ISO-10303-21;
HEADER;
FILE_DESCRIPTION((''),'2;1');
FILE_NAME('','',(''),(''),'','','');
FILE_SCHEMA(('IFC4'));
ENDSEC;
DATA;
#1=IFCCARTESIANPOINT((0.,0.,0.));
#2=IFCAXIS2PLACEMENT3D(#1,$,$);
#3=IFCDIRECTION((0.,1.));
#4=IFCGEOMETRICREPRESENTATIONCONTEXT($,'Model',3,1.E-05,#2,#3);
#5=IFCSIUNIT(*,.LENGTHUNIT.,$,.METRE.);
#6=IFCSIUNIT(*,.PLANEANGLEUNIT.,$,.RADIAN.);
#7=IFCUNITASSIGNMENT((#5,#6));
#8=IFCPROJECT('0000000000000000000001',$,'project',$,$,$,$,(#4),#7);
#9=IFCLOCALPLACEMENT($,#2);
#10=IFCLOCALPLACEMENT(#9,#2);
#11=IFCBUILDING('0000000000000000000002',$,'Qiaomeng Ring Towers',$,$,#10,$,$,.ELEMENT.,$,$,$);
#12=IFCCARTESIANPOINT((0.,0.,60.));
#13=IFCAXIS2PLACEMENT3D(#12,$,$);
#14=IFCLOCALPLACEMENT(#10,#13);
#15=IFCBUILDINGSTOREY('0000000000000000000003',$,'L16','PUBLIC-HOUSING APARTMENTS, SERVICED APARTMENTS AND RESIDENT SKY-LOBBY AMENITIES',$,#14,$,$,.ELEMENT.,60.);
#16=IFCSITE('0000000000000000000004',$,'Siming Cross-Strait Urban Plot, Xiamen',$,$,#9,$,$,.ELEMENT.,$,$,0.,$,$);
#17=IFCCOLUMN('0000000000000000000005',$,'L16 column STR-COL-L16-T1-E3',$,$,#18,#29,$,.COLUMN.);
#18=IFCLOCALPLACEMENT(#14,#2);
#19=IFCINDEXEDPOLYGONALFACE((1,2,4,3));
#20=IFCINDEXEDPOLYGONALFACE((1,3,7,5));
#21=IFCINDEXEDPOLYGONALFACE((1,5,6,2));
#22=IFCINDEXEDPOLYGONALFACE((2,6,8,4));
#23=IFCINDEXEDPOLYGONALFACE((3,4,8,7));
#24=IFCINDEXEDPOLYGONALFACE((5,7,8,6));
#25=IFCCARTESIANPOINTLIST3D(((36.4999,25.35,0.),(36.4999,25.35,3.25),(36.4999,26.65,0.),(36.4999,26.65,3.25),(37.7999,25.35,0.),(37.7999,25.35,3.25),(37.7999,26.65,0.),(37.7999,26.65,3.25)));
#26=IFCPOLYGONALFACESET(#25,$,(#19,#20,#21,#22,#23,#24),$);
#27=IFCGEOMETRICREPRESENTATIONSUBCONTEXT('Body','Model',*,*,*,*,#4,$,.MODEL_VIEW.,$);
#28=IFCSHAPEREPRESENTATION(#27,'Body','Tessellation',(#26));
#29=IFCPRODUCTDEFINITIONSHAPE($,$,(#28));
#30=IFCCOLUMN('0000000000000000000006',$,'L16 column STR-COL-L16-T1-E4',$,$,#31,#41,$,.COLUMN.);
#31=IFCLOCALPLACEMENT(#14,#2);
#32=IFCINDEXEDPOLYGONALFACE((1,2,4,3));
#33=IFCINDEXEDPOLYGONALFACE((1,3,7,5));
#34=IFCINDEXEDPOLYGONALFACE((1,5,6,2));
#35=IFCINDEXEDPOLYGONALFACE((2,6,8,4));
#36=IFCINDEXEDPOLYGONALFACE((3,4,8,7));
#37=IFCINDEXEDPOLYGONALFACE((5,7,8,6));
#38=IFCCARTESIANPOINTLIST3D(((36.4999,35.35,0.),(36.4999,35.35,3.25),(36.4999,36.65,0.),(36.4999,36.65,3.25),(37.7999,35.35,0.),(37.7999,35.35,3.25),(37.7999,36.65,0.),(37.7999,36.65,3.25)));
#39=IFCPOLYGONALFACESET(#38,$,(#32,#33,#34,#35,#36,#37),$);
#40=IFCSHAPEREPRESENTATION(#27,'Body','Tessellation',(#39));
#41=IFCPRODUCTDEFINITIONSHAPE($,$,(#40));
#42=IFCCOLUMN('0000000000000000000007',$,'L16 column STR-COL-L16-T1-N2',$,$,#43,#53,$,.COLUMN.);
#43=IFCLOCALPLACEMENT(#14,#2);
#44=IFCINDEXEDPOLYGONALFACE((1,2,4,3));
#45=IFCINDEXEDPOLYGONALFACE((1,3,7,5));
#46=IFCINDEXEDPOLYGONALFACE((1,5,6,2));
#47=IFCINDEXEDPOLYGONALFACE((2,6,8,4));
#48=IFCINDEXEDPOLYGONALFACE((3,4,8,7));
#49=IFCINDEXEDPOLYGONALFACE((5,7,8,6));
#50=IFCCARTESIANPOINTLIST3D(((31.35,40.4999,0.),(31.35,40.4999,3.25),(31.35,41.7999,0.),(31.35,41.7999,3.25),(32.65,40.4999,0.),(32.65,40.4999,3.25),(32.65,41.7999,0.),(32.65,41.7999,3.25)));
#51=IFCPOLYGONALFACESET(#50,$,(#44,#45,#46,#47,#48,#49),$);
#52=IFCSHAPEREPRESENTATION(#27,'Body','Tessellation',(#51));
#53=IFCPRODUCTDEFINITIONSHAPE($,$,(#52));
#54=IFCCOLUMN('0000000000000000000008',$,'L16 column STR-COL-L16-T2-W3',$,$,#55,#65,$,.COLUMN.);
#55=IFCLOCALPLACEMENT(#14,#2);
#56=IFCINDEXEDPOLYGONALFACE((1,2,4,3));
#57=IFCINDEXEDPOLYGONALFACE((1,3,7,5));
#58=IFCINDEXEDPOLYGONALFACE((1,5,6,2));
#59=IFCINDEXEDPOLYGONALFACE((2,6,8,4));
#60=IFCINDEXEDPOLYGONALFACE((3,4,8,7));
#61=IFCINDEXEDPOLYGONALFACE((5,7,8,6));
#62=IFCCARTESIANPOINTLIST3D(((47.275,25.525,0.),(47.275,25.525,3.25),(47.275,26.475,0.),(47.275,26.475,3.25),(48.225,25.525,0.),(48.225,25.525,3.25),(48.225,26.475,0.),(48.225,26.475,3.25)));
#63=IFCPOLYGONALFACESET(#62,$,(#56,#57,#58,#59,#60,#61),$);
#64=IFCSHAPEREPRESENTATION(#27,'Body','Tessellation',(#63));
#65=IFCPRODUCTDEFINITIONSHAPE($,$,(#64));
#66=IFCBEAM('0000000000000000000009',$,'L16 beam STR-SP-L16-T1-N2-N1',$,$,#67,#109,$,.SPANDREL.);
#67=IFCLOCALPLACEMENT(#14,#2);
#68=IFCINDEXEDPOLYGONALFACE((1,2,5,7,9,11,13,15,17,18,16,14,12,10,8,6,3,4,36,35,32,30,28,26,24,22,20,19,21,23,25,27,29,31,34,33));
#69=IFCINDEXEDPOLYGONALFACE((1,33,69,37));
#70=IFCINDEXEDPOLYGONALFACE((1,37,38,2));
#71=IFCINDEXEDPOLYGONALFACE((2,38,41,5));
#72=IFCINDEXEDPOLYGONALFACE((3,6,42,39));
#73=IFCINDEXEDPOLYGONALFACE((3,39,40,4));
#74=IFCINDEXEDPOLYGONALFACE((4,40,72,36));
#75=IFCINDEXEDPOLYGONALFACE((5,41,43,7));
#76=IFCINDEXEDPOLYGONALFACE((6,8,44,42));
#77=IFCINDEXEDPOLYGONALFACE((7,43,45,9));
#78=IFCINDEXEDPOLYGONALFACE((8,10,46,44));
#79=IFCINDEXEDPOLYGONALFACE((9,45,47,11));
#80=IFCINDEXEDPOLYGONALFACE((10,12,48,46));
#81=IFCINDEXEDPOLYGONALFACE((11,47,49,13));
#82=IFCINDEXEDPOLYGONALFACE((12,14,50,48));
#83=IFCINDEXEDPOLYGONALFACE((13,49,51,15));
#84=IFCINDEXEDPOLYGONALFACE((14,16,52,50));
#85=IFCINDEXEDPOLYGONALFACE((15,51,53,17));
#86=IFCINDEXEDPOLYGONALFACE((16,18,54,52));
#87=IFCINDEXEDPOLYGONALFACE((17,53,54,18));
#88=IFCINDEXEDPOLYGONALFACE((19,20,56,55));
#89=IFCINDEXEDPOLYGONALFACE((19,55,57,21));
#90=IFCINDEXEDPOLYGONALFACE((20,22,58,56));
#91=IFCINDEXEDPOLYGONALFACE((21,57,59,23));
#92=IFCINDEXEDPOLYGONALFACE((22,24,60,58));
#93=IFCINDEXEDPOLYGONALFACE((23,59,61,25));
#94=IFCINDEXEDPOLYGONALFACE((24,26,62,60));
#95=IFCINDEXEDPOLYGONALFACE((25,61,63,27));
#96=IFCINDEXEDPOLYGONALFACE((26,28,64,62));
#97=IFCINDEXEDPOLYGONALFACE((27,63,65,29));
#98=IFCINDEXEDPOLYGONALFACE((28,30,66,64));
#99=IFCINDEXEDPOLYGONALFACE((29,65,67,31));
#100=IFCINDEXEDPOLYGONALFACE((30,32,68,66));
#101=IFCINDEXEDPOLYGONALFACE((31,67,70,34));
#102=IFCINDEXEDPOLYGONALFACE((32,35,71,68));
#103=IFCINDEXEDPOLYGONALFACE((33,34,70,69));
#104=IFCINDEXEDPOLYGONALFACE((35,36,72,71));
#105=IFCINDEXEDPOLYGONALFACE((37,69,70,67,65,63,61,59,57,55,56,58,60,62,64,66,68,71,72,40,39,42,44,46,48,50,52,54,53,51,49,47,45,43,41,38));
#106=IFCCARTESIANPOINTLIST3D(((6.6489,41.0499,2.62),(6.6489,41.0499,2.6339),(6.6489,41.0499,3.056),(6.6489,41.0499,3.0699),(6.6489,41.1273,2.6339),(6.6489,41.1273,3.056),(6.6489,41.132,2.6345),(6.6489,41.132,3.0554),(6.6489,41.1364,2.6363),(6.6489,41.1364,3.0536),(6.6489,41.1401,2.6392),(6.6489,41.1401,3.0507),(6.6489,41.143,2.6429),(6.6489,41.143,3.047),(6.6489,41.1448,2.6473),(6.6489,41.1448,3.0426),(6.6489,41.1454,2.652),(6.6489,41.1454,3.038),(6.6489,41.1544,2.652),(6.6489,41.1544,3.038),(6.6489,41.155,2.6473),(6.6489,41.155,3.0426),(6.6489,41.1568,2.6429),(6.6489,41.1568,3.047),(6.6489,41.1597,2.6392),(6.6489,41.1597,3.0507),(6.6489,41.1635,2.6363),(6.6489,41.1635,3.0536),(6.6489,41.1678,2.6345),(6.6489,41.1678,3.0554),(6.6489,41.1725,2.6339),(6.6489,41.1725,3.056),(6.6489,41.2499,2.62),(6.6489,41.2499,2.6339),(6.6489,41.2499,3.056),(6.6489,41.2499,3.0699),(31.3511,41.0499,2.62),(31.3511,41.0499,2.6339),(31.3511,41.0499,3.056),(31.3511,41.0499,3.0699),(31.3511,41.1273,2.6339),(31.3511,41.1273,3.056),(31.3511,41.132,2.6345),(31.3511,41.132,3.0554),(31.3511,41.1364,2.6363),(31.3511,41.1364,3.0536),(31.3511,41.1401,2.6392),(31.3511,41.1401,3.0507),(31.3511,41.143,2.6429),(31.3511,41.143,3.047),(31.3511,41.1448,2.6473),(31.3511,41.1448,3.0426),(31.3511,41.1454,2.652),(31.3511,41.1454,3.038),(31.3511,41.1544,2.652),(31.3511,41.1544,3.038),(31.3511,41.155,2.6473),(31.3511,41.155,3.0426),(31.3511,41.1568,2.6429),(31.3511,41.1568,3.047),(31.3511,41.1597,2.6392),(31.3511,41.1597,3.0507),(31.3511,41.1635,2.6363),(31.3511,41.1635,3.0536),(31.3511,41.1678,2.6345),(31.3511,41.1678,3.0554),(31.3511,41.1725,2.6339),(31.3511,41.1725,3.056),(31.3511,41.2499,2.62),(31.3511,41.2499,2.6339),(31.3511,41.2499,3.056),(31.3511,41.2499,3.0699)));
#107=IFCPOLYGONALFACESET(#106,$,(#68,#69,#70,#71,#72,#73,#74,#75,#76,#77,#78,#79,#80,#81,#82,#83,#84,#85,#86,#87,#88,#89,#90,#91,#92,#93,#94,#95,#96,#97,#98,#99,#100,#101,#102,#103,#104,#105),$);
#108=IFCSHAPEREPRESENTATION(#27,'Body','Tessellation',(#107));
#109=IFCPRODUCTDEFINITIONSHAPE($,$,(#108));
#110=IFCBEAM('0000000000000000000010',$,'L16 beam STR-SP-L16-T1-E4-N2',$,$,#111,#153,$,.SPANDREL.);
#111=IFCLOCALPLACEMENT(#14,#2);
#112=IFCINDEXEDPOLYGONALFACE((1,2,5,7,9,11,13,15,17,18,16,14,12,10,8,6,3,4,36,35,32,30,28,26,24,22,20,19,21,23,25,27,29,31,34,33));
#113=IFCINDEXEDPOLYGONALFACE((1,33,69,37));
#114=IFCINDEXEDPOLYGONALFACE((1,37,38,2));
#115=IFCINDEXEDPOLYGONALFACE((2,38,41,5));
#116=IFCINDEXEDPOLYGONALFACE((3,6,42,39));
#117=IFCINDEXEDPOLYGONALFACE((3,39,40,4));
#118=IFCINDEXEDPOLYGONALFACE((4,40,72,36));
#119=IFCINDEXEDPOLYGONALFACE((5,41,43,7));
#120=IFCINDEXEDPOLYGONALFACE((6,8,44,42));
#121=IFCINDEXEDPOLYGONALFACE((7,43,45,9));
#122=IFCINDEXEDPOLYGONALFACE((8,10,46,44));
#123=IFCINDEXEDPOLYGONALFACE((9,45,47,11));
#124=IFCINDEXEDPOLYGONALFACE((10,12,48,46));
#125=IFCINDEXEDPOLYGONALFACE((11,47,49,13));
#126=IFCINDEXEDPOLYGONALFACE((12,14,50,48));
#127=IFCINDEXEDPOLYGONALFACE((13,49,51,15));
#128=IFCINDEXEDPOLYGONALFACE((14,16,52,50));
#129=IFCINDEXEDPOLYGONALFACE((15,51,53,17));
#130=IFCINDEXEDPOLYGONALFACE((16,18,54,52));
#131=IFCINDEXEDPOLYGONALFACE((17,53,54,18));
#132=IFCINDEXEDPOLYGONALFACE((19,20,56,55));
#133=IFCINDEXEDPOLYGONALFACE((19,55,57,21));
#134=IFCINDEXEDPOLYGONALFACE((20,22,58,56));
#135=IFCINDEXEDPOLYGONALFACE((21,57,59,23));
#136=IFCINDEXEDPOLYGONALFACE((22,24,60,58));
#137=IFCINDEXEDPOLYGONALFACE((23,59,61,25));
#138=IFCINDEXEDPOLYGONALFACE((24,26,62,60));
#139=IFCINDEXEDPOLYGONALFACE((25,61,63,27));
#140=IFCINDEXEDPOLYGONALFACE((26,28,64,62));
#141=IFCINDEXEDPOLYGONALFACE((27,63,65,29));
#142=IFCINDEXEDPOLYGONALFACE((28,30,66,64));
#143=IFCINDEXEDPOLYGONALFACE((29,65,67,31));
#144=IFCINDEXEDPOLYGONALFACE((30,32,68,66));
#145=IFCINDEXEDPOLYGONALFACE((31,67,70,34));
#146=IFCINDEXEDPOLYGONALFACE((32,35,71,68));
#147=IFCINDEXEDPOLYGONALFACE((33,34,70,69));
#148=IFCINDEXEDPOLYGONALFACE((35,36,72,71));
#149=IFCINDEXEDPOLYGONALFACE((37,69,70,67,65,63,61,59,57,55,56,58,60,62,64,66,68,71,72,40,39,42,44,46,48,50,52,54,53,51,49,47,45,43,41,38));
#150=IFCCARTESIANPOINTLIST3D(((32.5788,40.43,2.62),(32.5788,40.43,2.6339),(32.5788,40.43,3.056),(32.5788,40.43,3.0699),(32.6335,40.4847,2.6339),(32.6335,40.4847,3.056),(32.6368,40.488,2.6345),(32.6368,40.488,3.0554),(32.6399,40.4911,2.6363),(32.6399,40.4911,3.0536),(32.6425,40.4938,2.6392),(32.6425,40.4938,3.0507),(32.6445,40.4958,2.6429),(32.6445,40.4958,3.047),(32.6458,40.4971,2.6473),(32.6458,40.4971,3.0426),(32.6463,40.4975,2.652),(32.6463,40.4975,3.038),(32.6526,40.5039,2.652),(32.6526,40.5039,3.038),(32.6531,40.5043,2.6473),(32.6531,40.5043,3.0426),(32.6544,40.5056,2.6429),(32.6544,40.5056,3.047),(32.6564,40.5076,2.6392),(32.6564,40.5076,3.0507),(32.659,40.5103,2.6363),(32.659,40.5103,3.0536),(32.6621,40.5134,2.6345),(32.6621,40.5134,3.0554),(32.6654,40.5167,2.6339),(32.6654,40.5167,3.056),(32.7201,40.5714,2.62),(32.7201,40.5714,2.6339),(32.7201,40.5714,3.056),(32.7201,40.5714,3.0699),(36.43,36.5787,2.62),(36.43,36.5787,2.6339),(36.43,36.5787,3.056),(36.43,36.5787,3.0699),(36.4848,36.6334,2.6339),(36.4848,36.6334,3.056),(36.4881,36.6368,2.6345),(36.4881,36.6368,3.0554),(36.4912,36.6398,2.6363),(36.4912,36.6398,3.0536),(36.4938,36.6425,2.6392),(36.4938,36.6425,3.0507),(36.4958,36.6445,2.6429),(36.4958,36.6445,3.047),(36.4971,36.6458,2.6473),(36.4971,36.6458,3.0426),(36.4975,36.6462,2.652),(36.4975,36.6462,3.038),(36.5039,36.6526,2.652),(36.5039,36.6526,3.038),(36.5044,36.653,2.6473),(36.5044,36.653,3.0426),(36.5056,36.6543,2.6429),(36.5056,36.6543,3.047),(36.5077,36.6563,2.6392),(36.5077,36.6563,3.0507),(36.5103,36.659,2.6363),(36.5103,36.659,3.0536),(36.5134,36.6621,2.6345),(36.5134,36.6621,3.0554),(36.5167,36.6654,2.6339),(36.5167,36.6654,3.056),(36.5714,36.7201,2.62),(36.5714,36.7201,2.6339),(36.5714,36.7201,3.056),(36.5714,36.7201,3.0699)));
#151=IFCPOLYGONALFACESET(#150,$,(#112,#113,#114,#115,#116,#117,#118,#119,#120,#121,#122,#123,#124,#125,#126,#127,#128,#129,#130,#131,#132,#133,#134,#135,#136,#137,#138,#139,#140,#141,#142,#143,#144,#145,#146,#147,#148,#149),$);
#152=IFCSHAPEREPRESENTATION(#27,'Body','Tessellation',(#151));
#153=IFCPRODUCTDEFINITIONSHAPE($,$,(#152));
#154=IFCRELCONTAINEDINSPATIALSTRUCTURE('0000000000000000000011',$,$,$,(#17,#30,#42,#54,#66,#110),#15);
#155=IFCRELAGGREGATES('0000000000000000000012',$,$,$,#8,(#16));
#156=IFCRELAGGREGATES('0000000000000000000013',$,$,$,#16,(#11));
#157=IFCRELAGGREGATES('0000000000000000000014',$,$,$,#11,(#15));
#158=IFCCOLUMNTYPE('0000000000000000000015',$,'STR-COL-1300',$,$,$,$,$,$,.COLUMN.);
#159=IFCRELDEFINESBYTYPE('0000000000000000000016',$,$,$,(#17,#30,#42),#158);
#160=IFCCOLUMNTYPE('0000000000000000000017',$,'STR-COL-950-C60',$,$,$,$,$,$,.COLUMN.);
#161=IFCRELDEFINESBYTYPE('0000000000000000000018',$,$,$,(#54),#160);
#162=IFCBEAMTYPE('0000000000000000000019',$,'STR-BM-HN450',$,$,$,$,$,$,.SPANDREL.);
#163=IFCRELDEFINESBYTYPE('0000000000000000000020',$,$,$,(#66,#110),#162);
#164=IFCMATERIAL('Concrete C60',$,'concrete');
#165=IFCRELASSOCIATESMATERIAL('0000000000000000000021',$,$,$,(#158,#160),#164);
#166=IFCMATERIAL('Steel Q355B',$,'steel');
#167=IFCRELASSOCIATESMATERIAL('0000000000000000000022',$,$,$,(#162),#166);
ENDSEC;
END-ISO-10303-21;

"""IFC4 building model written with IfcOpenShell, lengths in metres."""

from ifc_helpers import new_model, si_unit, direction, frame, origin, origin_2d, place, context, subcontext, project, spatial, rectangle, i_section, extrude, source, transform, mapped, material, material_profile, profile_set, type_object, element, save


model = new_model("IFC4")

# Units and contexts
model_context = context("Model", 3, precision=1e-05, world=origin(), true_north=direction((0.0, 1.0)))
body_context = subcontext(model_context, "Body", "Model", "MODEL_VIEW")
ifc_project = project(units=[si_unit("LENGTHUNIT", "METRE"), si_unit("PLANEANGLEUNIT", "RADIAN")], contexts=[model_context])

# Site, building, storey
site_placement = place(None, origin())
site = spatial("IfcSite", under=ifc_project, at=site_placement, Name="Siming Cross-Strait Urban Plot, Xiamen", CompositionType="ELEMENT", RefElevation=0.0)
building_placement = place(site_placement, origin())
building = spatial("IfcBuilding", under=site, at=building_placement, Name="Qiaomeng Ring Towers", CompositionType="ELEMENT")
storey_placement = place(building_placement, frame((0.0, 0.0, 60.0)))
storey = spatial("IfcBuildingStorey", under=building, at=storey_placement, Name="L16", Description="PUBLIC-HOUSING APARTMENTS, SERVICED APARTMENTS AND RESIDENT SKY-LOBBY AMENITIES", CompositionType="ELEMENT", Elevation=60.0)

# Columns
ifc_material_1 = material(Name="Concrete C60", Category="concrete")
ifc_material_profile_1 = material_profile(ifc_material_1, rectangle(XDim=1.3, YDim=1.3, at=origin_2d()), Name="RC COL 1300x1300")
ifc_profile_set_1 = profile_set([ifc_material_profile_1], Name="Concrete C60")
column_type_1 = type_object("IfcColumnType", Name="STR-COL-1300", PredefinedType="COLUMN", material=ifc_profile_set_1)
shared_shape_1 = source(origin(), body_context, "Body", "SweptSolid", [
    extrude(rectangle(XDim=1.3, YDim=1.3, at=origin_2d()), origin(), (0.0, 0.0, 1.0), 3.25),
])
for number, where, z_axis, x_axis, name in (
    (1, (37.1499, 26.0, 0.0), (0.0, 0.0, 1.0), (1.0, 0.0, 0.0), "L16 column STR-COL-L16-T1-E3"),
    (2, (37.1499, 36.0, 0.0), (0.0, 0.0, 1.0), (1.0, 0.0, 0.0), "L16 column STR-COL-L16-T1-E4"),
    (3, (32.0, 41.1499, 0.0), (0.0, 0.0, 1.0), (1.0, 0.0, 0.0), "L16 column STR-COL-L16-T1-N2"),
):
    element("IfcColumn", number, at=place(storey_placement, frame(where, z_axis=z_axis, x_axis=x_axis)), inside=storey, type_object=column_type_1, Name=name, PredefinedType="COLUMN", context=body_context, shape_type="MappedRepresentation", body=[
        mapped(shared_shape_1, transform((0.0, 0.0, 0.0), x_axis=(1.0, 0.0, 0.0), y_axis=(0.0, 1.0, 0.0), z_axis=(0.0, 0.0, 1.0), scale=1.0)),
    ])
ifc_material_profile_2 = material_profile(ifc_material_1, rectangle(XDim=0.95, YDim=0.95, at=origin_2d()), Name="RC COL 950x950")
ifc_profile_set_2 = profile_set([ifc_material_profile_2], Name="Concrete C60")
column_type_2 = type_object("IfcColumnType", Name="STR-COL-950-C60", PredefinedType="COLUMN", material=ifc_profile_set_2)
shared_shape_2 = source(origin(), body_context, "Body", "SweptSolid", [
    extrude(rectangle(XDim=0.95, YDim=0.95, at=origin_2d()), origin(), (0.0, 0.0, 1.0), 3.25),
])
column_placement = place(storey_placement, frame((47.75, 26.0, 0.0), z_axis=(0.0, 0.0, 1.0), x_axis=(1.0, 0.0, 0.0)))
element("IfcColumn", 4, at=column_placement, inside=storey, type_object=column_type_2, Name="L16 column STR-COL-L16-T2-W3", PredefinedType="COLUMN", context=body_context, shape_type="MappedRepresentation", body=[
    mapped(shared_shape_2, transform((0.0, 0.0, 0.0), x_axis=(1.0, 0.0, 0.0), y_axis=(0.0, 1.0, 0.0), z_axis=(0.0, 0.0, 1.0), scale=1.0)),
])

# Beams
ifc_material_2 = material(Name="Steel Q355B", Category="steel")
ifc_material_profile_3 = material_profile(ifc_material_2, i_section(OverallWidth=0.2, OverallDepth=0.45, WebThickness=0.009, FlangeThickness=0.0139, FilletRadius=0.0181, at=origin_2d()), Name="HN 450x200x9x14")
ifc_profile_set_3 = profile_set([ifc_material_profile_3], Name="Steel Q355B")
beam_type_1 = type_object("IfcBeamType", Name="STR-BM-HN450", PredefinedType="SPANDREL", material=ifc_profile_set_3)
shared_shape_3 = source(origin(), body_context, "Body", "SweptSolid", [
    extrude(i_section(OverallWidth=0.2, OverallDepth=0.45, WebThickness=0.009, FlangeThickness=0.0139, FilletRadius=0.0181, at=origin_2d()), origin(), (0.0, 0.0, 1.0), 24.7021),
])
beam_1_placement = place(storey_placement, frame((31.3511, 41.1499, 2.845), z_axis=(-1.0, 0.0, 0.0), x_axis=(0.0, -1.0, 0.0)))
element("IfcBeam", 5, at=beam_1_placement, inside=storey, type_object=beam_type_1, Name="L16 beam STR-SP-L16-T1-N2-N1", PredefinedType="SPANDREL", context=body_context, shape_type="MappedRepresentation", body=[
    mapped(shared_shape_3, transform((0.0, 0.0, 0.0), x_axis=(1.0, 0.0, 0.0), y_axis=(0.0, 1.0, 0.0), z_axis=(0.0, 0.0, 1.0), scale=1.0)),
])
shared_shape_4 = source(origin(), body_context, "Body", "SweptSolid", [
    extrude(i_section(OverallWidth=0.2, OverallDepth=0.45, WebThickness=0.009, FlangeThickness=0.0139, FilletRadius=0.0181, at=origin_2d()), origin(), (0.0, 0.0, 1.0), 5.4465),
])
beam_2_placement = place(storey_placement, frame((36.5007, 36.6494, 2.845), z_axis=(-0.707107, 0.707107, 0.0), x_axis=(-0.707107, -0.707107, 0.0)))
element("IfcBeam", 6, at=beam_2_placement, inside=storey, type_object=beam_type_1, Name="L16 beam STR-SP-L16-T1-E4-N2", PredefinedType="SPANDREL", context=body_context, shape_type="MappedRepresentation", body=[
    mapped(shared_shape_4, transform((0.0, 0.0, 0.0), x_axis=(1.0, 0.0, 0.0), y_axis=(0.0, 1.0, 0.0), z_axis=(0.0, 0.0, 1.0), scale=1.0)),
])

save(model, "model.ifc")
